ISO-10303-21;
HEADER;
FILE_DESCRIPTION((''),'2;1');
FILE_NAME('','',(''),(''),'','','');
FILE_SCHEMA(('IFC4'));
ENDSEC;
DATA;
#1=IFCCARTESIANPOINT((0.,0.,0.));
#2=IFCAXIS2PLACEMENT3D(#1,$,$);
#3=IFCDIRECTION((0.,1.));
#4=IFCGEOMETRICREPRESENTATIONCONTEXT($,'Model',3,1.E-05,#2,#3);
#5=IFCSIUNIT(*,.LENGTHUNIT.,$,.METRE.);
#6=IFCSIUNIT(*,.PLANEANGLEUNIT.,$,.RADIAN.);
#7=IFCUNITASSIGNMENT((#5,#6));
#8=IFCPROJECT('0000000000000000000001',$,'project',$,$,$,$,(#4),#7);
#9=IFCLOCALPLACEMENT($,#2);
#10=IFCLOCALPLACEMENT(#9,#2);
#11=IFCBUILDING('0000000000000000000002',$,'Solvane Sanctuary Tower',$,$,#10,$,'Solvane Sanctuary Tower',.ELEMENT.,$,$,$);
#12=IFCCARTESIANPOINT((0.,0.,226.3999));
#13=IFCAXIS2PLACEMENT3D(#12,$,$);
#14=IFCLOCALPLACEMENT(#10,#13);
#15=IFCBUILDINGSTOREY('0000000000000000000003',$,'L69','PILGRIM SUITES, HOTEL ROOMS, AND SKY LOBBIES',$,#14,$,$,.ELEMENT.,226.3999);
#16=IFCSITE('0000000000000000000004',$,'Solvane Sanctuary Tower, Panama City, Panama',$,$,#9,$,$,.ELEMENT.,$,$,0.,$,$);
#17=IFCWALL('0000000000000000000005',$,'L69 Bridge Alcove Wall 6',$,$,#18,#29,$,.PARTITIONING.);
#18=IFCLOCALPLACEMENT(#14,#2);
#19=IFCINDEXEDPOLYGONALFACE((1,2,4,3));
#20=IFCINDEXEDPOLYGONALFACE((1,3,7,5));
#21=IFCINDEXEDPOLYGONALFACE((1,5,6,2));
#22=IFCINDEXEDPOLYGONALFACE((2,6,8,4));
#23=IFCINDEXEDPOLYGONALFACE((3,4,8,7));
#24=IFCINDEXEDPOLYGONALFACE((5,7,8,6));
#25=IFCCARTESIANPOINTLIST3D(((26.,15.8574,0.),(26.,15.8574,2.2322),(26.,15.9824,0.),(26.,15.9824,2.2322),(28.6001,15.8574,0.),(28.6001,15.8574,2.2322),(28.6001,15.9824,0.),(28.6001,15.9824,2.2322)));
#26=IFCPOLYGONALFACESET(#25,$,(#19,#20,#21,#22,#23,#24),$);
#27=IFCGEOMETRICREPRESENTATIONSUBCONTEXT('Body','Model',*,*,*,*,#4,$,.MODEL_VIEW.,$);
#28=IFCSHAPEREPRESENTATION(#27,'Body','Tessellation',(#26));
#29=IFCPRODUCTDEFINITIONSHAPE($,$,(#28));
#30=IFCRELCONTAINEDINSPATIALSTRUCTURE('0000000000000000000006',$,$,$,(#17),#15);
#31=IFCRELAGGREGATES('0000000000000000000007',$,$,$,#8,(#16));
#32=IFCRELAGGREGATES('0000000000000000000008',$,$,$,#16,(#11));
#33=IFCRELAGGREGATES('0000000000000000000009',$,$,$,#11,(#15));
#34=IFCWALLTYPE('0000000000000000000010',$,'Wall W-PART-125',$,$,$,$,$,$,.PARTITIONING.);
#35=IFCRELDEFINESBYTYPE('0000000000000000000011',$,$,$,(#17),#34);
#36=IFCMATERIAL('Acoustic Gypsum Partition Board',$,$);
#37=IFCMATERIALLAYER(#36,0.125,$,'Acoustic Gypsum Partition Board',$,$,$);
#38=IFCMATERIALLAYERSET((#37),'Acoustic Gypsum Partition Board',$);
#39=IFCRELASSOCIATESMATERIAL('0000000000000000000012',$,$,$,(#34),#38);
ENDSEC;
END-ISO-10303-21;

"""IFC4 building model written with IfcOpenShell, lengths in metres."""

from ifc_helpers import new_model, si_unit, direction, frame, frame_2d, origin, place, context, subcontext, project, spatial, rectangle, extrude, material, layer, layer_set, type_object, element, save


model = new_model("IFC4")

# Units and contexts
model_context = context("Model", 3, precision=1e-05, world=origin(), true_north=direction((0.0, 1.0)))
body_context = subcontext(model_context, "Body", "Model", "MODEL_VIEW")
ifc_project = project(units=[si_unit("LENGTHUNIT", "METRE"), si_unit("PLANEANGLEUNIT", "RADIAN")], contexts=[model_context])

# Site, building, storey
site_placement = place(None, origin())
site = spatial("IfcSite", under=ifc_project, at=site_placement, Name="Solvane Sanctuary Tower, Panama City, Panama", CompositionType="ELEMENT", RefElevation=0.0)
building_placement = place(site_placement, origin())
building = spatial("IfcBuilding", under=site, at=building_placement, Name="Solvane Sanctuary Tower", LongName="Solvane Sanctuary Tower", CompositionType="ELEMENT")
storey_placement = place(building_placement, frame((0.0, 0.0, 226.3999)))
storey = spatial("IfcBuildingStorey", under=building, at=storey_placement, Name="L69", Description="PILGRIM SUITES, HOTEL ROOMS, AND SKY LOBBIES", CompositionType="ELEMENT", Elevation=226.3999)

# Wall
ifc_material_1 = material(Name="Acoustic Gypsum Partition Board")
ifc_layer_1 = layer(ifc_material_1, 0.125, Name="Acoustic Gypsum Partition Board")
ifc_layer_set_1 = layer_set([ifc_layer_1], Name="Acoustic Gypsum Partition Board")
wall_type_1 = type_object("IfcWallType", Name="Wall W-PART-125", PredefinedType="PARTITIONING", material=ifc_layer_set_1)
wall_1_placement = place(storey_placement, frame((26.0, 15.9199, 0.0), z_axis=(0.0, 0.0, 1.0), x_axis=(1.0, 0.0, 0.0)))
element("IfcWall", 1, at=wall_1_placement, inside=storey, type_object=wall_type_1, Name="L69 Bridge Alcove Wall 6", PredefinedType="PARTITIONING", context=body_context, shape_type="SweptSolid", body=[
    extrude(rectangle(XDim=2.6001, YDim=0.125, at=frame_2d((1.3, 0.0))), origin(), (0.0, 0.0, 1.0), 2.2322),
])

save(model, "model.ifc")
